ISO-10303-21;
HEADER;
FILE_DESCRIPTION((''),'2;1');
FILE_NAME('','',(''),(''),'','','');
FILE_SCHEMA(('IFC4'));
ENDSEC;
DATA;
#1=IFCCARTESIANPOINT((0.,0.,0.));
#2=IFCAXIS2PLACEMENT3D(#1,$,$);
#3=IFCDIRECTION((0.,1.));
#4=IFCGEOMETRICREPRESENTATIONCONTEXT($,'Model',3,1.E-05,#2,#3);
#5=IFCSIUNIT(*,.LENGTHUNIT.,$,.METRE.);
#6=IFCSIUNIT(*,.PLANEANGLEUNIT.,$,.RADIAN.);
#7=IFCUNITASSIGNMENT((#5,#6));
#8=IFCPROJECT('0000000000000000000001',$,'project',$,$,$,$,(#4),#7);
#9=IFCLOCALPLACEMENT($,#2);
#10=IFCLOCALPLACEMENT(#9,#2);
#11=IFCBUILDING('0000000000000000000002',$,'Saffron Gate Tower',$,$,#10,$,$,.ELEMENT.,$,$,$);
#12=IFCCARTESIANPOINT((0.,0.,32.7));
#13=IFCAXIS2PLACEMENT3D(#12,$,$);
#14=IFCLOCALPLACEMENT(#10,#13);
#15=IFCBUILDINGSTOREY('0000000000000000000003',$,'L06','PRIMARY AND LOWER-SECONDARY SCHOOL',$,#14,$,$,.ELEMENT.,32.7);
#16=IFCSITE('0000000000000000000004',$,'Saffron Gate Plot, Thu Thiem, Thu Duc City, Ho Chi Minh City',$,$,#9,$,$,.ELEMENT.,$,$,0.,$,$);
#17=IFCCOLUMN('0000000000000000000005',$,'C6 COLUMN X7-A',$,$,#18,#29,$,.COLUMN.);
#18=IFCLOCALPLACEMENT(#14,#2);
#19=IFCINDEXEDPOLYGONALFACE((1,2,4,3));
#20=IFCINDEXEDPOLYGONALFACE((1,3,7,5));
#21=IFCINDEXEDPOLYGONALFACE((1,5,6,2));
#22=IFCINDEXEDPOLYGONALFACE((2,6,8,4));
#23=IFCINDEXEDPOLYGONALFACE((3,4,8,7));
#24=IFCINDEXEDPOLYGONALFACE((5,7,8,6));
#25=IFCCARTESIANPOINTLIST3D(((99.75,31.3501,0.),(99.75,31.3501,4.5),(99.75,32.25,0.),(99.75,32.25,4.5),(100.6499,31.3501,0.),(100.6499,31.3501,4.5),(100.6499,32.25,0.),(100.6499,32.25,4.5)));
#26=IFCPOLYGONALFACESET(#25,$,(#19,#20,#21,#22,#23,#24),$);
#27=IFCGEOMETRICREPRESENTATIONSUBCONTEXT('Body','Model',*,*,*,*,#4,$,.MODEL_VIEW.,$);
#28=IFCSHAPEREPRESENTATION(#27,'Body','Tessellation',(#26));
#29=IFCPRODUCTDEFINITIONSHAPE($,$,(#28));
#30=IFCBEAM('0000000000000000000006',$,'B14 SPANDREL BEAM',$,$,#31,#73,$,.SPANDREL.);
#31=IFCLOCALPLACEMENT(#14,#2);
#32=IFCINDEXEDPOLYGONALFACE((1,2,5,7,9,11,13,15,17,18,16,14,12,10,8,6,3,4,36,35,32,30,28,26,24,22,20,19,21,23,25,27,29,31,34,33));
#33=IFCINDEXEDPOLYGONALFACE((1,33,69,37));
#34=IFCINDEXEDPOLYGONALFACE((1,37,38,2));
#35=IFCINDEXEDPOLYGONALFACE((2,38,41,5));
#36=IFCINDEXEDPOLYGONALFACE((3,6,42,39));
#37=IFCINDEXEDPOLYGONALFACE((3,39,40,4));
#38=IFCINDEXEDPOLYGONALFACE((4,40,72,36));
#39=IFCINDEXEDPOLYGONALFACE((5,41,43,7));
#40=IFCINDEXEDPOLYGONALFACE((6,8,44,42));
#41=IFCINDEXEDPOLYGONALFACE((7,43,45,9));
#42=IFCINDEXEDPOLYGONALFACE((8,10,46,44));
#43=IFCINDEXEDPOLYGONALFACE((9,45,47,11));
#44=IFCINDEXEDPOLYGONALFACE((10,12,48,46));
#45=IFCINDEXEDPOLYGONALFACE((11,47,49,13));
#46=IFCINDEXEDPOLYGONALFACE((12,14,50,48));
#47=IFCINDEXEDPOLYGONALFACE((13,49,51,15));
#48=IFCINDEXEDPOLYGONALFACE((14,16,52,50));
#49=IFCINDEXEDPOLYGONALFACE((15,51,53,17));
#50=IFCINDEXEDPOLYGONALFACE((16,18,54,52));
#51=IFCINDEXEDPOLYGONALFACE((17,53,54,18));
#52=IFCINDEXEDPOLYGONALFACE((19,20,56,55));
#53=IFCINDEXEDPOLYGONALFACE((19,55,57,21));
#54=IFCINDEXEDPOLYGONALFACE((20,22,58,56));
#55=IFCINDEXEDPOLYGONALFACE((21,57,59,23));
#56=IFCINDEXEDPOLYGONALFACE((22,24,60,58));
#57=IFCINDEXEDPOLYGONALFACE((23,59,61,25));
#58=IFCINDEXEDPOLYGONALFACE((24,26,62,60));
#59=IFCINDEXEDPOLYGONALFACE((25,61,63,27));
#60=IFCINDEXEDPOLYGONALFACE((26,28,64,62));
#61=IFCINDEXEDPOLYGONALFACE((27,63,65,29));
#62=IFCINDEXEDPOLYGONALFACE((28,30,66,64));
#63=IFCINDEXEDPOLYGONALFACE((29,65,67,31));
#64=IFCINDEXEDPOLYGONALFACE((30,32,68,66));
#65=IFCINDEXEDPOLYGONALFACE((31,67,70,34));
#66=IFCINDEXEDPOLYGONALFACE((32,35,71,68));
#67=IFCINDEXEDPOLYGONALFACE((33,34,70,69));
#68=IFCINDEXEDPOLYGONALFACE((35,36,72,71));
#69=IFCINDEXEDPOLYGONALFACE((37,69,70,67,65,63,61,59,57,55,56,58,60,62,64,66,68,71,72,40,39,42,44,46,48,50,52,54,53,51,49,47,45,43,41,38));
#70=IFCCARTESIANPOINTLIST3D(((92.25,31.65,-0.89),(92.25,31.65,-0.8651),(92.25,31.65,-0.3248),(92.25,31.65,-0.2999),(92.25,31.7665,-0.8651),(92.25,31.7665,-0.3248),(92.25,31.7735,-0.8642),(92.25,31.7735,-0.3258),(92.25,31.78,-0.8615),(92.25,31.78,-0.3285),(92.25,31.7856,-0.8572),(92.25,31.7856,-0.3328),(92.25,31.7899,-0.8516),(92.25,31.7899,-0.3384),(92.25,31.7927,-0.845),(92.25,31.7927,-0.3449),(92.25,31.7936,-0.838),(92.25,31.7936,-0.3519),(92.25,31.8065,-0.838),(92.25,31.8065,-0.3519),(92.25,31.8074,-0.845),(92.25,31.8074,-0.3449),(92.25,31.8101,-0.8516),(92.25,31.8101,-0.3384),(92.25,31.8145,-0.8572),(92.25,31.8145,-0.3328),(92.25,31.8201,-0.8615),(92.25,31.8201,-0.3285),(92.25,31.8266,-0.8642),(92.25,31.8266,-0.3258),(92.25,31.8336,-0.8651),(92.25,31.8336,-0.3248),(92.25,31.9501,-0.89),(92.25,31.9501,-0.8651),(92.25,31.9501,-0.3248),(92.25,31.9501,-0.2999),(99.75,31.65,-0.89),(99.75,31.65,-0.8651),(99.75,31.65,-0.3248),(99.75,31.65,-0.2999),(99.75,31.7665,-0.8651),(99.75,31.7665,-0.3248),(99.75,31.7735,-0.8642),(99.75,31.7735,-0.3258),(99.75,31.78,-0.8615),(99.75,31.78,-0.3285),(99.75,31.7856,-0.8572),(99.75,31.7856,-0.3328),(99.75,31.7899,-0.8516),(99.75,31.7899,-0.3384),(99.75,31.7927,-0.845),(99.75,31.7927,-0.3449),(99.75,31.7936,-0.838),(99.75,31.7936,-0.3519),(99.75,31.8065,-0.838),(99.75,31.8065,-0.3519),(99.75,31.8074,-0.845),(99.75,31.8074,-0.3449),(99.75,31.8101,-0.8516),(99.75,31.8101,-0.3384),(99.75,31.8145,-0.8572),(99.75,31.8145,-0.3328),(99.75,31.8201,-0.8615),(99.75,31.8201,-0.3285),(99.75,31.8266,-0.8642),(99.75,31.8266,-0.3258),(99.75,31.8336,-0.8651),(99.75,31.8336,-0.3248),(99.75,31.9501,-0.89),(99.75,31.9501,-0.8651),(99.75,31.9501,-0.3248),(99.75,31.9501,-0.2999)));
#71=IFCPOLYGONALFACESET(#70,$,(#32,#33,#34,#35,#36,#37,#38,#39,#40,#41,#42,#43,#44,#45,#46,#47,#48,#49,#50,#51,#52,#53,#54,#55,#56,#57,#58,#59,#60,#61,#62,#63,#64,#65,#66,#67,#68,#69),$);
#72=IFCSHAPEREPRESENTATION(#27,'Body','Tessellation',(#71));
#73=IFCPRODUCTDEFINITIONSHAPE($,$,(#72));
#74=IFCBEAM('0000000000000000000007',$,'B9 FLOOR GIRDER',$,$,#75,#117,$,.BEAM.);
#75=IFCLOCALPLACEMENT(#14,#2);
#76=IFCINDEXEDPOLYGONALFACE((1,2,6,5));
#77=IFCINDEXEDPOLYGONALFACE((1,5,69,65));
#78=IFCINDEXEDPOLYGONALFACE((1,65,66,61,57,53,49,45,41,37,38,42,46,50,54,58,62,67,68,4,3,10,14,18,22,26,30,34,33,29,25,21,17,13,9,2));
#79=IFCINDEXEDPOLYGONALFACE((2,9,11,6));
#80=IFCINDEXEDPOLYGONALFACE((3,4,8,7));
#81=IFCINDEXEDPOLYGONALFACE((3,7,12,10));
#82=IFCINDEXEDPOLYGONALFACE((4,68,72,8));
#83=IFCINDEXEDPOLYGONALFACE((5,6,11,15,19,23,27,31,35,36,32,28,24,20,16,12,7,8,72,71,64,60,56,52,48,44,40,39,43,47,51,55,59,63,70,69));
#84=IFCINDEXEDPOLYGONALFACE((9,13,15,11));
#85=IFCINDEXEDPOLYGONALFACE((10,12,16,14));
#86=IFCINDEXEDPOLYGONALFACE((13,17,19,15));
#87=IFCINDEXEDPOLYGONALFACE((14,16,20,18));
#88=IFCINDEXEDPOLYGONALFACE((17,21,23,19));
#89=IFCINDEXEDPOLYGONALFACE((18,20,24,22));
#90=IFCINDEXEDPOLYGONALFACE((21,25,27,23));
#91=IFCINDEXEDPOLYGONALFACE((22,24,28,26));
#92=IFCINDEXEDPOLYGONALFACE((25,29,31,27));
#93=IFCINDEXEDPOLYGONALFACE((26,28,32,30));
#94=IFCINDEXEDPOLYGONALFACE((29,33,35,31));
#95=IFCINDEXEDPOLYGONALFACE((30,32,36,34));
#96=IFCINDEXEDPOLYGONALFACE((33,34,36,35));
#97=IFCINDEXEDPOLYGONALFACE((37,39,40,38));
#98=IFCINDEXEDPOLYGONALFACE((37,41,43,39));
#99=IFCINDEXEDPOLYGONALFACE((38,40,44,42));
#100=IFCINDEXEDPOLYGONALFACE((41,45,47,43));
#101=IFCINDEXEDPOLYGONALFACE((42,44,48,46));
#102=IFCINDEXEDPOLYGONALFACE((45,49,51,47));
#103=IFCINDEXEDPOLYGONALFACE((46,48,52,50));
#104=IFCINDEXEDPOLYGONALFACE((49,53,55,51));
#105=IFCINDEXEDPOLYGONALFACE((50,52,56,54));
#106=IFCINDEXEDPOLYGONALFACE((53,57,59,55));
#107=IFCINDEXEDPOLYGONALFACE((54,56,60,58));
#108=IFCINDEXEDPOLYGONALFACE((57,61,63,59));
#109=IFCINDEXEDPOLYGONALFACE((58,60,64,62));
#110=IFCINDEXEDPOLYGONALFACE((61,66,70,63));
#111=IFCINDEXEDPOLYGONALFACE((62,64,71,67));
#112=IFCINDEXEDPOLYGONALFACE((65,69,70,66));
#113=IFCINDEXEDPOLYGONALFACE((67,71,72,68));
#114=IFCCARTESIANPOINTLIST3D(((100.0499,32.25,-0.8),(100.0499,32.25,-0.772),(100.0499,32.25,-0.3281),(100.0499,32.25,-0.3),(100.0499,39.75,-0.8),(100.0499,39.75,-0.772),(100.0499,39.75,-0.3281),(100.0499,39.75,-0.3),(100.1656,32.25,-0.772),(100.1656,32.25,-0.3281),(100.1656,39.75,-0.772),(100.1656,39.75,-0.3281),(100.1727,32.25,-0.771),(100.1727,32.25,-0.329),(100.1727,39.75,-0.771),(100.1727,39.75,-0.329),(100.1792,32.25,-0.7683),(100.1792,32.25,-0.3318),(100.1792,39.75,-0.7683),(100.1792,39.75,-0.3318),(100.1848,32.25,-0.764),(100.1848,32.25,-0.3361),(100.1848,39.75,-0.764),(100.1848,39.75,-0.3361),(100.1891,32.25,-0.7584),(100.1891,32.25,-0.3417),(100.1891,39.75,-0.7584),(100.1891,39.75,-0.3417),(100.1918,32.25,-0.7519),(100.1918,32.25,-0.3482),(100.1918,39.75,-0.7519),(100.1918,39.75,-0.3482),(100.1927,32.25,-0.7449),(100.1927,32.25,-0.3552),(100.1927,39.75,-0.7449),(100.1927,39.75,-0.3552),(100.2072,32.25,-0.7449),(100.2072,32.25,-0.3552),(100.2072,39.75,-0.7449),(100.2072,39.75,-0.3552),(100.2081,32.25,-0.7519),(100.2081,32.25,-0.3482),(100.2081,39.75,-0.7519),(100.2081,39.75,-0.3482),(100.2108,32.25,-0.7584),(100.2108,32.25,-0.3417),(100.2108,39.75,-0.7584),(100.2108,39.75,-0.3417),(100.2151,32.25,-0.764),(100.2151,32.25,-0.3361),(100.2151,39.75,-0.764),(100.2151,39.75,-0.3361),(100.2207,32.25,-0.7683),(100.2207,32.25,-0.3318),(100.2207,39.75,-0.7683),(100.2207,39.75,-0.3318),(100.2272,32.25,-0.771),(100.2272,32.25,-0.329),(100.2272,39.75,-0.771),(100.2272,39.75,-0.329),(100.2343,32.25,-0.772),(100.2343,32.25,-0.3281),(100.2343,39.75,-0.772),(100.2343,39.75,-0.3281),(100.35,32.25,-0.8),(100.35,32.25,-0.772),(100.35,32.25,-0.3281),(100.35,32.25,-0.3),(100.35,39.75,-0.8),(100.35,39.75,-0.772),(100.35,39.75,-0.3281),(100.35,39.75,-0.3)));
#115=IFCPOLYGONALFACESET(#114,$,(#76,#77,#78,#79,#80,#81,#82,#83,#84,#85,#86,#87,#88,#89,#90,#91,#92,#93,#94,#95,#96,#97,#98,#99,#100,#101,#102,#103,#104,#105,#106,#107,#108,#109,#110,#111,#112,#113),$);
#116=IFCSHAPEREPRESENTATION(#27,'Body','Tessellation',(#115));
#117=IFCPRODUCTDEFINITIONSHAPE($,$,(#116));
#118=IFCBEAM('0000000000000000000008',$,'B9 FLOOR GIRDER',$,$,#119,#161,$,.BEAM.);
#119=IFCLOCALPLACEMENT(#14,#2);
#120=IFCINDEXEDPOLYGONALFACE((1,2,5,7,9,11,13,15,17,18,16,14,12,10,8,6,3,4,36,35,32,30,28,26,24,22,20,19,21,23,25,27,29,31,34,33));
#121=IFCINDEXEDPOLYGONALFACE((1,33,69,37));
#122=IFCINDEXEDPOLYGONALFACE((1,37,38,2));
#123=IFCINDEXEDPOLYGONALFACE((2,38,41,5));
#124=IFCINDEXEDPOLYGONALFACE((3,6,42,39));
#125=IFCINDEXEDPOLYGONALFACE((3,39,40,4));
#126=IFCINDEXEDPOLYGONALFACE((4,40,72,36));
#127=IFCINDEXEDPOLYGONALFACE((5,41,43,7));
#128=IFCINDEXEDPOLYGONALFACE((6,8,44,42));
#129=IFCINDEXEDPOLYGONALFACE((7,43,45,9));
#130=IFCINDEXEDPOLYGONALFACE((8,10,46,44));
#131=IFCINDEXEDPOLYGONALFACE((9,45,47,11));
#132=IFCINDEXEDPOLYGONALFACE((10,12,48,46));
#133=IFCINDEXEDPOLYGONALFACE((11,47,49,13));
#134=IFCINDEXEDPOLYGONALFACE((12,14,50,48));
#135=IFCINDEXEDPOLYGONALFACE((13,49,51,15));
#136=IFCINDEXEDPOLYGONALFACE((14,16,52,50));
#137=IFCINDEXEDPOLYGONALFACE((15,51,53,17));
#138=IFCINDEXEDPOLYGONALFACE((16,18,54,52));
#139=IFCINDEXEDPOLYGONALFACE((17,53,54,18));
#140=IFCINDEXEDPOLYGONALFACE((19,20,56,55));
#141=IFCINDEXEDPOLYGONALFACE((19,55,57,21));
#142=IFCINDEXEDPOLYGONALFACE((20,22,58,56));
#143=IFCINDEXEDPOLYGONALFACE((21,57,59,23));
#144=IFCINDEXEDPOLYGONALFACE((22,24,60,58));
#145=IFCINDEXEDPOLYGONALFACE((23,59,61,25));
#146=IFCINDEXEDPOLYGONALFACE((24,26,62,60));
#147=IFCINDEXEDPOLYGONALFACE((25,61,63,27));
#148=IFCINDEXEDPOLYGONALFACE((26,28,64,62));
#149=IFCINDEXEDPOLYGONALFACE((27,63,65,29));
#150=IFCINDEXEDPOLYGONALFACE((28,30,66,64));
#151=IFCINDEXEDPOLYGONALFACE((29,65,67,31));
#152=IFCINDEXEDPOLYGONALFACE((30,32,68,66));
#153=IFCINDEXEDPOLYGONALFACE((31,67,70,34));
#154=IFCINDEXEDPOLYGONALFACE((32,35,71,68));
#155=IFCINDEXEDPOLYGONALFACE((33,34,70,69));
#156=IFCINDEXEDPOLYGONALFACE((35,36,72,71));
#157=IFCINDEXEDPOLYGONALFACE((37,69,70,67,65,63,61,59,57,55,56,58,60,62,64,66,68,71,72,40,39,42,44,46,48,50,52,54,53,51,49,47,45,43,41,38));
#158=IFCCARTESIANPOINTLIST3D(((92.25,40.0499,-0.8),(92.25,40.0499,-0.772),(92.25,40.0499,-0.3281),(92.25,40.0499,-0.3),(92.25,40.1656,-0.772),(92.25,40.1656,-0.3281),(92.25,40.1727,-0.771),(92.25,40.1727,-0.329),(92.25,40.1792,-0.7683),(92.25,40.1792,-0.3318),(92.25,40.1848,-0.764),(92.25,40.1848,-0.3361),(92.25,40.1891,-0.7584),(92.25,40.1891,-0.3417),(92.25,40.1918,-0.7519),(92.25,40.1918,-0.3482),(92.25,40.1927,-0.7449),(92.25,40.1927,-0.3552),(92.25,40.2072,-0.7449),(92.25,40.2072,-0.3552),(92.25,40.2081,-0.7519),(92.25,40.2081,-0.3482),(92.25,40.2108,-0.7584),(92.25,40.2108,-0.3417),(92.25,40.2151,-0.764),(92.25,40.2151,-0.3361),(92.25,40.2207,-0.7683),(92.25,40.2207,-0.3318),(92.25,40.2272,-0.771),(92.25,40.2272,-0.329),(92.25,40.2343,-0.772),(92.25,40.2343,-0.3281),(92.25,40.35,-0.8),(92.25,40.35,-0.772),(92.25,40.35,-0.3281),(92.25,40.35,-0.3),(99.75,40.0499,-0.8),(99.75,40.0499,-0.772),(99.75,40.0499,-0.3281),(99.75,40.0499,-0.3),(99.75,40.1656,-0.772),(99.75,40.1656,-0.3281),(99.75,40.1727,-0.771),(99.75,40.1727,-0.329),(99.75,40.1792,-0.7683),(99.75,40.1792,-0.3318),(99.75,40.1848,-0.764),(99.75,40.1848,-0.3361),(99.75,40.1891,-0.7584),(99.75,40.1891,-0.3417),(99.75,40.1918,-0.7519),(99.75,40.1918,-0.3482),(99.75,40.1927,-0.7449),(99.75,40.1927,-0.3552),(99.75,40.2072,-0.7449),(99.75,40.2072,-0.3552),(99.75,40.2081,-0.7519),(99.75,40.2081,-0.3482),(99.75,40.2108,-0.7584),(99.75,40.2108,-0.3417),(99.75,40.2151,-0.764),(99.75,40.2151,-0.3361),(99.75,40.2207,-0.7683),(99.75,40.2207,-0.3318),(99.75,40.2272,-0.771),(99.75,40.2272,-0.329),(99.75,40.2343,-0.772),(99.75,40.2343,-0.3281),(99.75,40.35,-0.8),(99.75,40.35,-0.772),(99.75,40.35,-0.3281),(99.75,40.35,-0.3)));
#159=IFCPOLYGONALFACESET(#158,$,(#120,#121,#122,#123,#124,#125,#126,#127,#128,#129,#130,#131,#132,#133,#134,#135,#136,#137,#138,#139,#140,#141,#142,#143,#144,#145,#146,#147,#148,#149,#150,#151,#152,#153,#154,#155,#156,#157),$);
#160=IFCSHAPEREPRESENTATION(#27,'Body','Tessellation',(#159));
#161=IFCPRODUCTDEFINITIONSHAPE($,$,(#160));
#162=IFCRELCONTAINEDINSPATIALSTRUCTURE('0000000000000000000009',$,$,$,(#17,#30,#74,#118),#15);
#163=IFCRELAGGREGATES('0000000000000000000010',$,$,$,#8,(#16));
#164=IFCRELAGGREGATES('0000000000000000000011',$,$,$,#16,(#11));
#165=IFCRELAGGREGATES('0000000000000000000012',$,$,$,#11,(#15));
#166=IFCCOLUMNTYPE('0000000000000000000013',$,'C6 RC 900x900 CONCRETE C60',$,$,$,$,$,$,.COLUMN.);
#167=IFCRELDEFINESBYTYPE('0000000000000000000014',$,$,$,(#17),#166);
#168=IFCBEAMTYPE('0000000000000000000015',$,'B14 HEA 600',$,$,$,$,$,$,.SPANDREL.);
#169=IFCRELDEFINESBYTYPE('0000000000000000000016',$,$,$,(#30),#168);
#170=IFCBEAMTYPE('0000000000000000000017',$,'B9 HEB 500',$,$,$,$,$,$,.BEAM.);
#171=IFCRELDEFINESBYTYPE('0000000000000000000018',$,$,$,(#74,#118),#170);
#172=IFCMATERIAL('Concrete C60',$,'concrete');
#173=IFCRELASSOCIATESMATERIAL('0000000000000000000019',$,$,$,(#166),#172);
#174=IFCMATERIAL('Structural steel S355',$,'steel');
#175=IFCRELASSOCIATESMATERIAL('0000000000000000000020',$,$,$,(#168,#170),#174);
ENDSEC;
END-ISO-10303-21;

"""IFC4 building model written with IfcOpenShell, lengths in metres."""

from ifc_helpers import new_model, si_unit, direction, frame, origin, origin_2d, place, context, subcontext, project, spatial, rectangle, i_section, extrude, material, material_profile, profile_set, type_object, element, save


model = new_model("IFC4")

# Units and contexts
model_context = context("Model", 3, precision=1e-05, world=origin(), true_north=direction((0.0, 1.0)))
body_context = subcontext(model_context, "Body", "Model", "MODEL_VIEW")
ifc_project = project(units=[si_unit("LENGTHUNIT", "METRE"), si_unit("PLANEANGLEUNIT", "RADIAN")], contexts=[model_context])

# Site, building, storey
site_placement = place(None, origin())
site = spatial("IfcSite", under=ifc_project, at=site_placement, Name="Saffron Gate Plot, Thu Thiem, Thu Duc City, Ho Chi Minh City", CompositionType="ELEMENT", RefElevation=0.0)
building_placement = place(site_placement, origin())
building = spatial("IfcBuilding", under=site, at=building_placement, Name="Saffron Gate Tower", CompositionType="ELEMENT")
storey_placement = place(building_placement, frame((0.0, 0.0, 32.7)))
storey = spatial("IfcBuildingStorey", under=building, at=storey_placement, Name="L06", Description="PRIMARY AND LOWER-SECONDARY SCHOOL", CompositionType="ELEMENT", Elevation=32.7)

# Column
ifc_material_1 = material(Name="Concrete C60", Category="concrete")
ifc_material_profile_1 = material_profile(ifc_material_1, rectangle(XDim=0.8999, YDim=0.8999, at=origin_2d()))
ifc_profile_set_1 = profile_set([ifc_material_profile_1], Name="Concrete C60")
column_type = type_object("IfcColumnType", Name="C6 RC 900x900 CONCRETE C60", PredefinedType="COLUMN", material=ifc_profile_set_1)
column_placement = place(storey_placement, frame((100.2, 31.8, 0.0), z_axis=(0.0, 0.0, 1.0), x_axis=(1.0, 0.0, 0.0)))
element("IfcColumn", 1, at=column_placement, inside=storey, type_object=column_type, Name="C6 COLUMN X7-A", PredefinedType="COLUMN", context=body_context, shape_type="SweptSolid", body=[
    extrude(rectangle(XDim=0.8999, YDim=0.8999, at=origin_2d()), origin(), (0.0, 0.0, 1.0), 4.5),
])

# Beams
ifc_material_2 = material(Name="Structural steel S355", Category="steel")
ifc_material_profile_2 = material_profile(ifc_material_2, i_section(OverallWidth=0.3, OverallDepth=0.5901, WebThickness=0.0129, FlangeThickness=0.0249, FilletRadius=0.0271, at=origin_2d()))
ifc_profile_set_2 = profile_set([ifc_material_profile_2], Name="Structural steel S355")
beam_type_1 = type_object("IfcBeamType", Name="B14 HEA 600", PredefinedType="SPANDREL", material=ifc_profile_set_2)
beam_placement = place(storey_placement, frame((92.25, 31.8, -0.595), z_axis=(1.0, 0.0, 0.0), x_axis=(0.0, 1.0, 0.0)))
element("IfcBeam", 2, at=beam_placement, inside=storey, type_object=beam_type_1, Name="B14 SPANDREL BEAM", PredefinedType="SPANDREL", context=body_context, shape_type="SweptSolid", body=[
    extrude(i_section(OverallWidth=0.3, OverallDepth=0.5901, WebThickness=0.0129, FlangeThickness=0.0249, FilletRadius=0.0271, at=origin_2d()), origin(), (0.0, 0.0, 1.0), 7.5),
])
ifc_material_profile_3 = material_profile(ifc_material_2, i_section(OverallWidth=0.3, OverallDepth=0.5, WebThickness=0.0144, FlangeThickness=0.0281, FilletRadius=0.0271, at=origin_2d()))
ifc_profile_set_3 = profile_set([ifc_material_profile_3], Name="Structural steel S355")
beam_type_2 = type_object("IfcBeamType", Name="B9 HEB 500", PredefinedType="BEAM", material=ifc_profile_set_3)
for number, where, z_axis, x_axis, name in (
    (3, (100.2, 32.25, -0.55), (0.0, 1.0, 0.0), (-1.0, 0.0, 0.0), "B9 FLOOR GIRDER"),
    (4, (92.25, 40.2, -0.55), (1.0, 0.0, 0.0), (0.0, 1.0, 0.0), "B9 FLOOR GIRDER"),
):
    element("IfcBeam", number, at=place(storey_placement, frame(where, z_axis=z_axis, x_axis=x_axis)), inside=storey, type_object=beam_type_2, Name=name, PredefinedType="BEAM", context=body_context, shape_type="SweptSolid", body=[
        extrude(i_section(OverallWidth=0.3, OverallDepth=0.5, WebThickness=0.0144, FlangeThickness=0.0281, FilletRadius=0.0271, at=origin_2d()), origin(), (0.0, 0.0, 1.0), 7.5),
    ])

save(model, "model.ifc")
